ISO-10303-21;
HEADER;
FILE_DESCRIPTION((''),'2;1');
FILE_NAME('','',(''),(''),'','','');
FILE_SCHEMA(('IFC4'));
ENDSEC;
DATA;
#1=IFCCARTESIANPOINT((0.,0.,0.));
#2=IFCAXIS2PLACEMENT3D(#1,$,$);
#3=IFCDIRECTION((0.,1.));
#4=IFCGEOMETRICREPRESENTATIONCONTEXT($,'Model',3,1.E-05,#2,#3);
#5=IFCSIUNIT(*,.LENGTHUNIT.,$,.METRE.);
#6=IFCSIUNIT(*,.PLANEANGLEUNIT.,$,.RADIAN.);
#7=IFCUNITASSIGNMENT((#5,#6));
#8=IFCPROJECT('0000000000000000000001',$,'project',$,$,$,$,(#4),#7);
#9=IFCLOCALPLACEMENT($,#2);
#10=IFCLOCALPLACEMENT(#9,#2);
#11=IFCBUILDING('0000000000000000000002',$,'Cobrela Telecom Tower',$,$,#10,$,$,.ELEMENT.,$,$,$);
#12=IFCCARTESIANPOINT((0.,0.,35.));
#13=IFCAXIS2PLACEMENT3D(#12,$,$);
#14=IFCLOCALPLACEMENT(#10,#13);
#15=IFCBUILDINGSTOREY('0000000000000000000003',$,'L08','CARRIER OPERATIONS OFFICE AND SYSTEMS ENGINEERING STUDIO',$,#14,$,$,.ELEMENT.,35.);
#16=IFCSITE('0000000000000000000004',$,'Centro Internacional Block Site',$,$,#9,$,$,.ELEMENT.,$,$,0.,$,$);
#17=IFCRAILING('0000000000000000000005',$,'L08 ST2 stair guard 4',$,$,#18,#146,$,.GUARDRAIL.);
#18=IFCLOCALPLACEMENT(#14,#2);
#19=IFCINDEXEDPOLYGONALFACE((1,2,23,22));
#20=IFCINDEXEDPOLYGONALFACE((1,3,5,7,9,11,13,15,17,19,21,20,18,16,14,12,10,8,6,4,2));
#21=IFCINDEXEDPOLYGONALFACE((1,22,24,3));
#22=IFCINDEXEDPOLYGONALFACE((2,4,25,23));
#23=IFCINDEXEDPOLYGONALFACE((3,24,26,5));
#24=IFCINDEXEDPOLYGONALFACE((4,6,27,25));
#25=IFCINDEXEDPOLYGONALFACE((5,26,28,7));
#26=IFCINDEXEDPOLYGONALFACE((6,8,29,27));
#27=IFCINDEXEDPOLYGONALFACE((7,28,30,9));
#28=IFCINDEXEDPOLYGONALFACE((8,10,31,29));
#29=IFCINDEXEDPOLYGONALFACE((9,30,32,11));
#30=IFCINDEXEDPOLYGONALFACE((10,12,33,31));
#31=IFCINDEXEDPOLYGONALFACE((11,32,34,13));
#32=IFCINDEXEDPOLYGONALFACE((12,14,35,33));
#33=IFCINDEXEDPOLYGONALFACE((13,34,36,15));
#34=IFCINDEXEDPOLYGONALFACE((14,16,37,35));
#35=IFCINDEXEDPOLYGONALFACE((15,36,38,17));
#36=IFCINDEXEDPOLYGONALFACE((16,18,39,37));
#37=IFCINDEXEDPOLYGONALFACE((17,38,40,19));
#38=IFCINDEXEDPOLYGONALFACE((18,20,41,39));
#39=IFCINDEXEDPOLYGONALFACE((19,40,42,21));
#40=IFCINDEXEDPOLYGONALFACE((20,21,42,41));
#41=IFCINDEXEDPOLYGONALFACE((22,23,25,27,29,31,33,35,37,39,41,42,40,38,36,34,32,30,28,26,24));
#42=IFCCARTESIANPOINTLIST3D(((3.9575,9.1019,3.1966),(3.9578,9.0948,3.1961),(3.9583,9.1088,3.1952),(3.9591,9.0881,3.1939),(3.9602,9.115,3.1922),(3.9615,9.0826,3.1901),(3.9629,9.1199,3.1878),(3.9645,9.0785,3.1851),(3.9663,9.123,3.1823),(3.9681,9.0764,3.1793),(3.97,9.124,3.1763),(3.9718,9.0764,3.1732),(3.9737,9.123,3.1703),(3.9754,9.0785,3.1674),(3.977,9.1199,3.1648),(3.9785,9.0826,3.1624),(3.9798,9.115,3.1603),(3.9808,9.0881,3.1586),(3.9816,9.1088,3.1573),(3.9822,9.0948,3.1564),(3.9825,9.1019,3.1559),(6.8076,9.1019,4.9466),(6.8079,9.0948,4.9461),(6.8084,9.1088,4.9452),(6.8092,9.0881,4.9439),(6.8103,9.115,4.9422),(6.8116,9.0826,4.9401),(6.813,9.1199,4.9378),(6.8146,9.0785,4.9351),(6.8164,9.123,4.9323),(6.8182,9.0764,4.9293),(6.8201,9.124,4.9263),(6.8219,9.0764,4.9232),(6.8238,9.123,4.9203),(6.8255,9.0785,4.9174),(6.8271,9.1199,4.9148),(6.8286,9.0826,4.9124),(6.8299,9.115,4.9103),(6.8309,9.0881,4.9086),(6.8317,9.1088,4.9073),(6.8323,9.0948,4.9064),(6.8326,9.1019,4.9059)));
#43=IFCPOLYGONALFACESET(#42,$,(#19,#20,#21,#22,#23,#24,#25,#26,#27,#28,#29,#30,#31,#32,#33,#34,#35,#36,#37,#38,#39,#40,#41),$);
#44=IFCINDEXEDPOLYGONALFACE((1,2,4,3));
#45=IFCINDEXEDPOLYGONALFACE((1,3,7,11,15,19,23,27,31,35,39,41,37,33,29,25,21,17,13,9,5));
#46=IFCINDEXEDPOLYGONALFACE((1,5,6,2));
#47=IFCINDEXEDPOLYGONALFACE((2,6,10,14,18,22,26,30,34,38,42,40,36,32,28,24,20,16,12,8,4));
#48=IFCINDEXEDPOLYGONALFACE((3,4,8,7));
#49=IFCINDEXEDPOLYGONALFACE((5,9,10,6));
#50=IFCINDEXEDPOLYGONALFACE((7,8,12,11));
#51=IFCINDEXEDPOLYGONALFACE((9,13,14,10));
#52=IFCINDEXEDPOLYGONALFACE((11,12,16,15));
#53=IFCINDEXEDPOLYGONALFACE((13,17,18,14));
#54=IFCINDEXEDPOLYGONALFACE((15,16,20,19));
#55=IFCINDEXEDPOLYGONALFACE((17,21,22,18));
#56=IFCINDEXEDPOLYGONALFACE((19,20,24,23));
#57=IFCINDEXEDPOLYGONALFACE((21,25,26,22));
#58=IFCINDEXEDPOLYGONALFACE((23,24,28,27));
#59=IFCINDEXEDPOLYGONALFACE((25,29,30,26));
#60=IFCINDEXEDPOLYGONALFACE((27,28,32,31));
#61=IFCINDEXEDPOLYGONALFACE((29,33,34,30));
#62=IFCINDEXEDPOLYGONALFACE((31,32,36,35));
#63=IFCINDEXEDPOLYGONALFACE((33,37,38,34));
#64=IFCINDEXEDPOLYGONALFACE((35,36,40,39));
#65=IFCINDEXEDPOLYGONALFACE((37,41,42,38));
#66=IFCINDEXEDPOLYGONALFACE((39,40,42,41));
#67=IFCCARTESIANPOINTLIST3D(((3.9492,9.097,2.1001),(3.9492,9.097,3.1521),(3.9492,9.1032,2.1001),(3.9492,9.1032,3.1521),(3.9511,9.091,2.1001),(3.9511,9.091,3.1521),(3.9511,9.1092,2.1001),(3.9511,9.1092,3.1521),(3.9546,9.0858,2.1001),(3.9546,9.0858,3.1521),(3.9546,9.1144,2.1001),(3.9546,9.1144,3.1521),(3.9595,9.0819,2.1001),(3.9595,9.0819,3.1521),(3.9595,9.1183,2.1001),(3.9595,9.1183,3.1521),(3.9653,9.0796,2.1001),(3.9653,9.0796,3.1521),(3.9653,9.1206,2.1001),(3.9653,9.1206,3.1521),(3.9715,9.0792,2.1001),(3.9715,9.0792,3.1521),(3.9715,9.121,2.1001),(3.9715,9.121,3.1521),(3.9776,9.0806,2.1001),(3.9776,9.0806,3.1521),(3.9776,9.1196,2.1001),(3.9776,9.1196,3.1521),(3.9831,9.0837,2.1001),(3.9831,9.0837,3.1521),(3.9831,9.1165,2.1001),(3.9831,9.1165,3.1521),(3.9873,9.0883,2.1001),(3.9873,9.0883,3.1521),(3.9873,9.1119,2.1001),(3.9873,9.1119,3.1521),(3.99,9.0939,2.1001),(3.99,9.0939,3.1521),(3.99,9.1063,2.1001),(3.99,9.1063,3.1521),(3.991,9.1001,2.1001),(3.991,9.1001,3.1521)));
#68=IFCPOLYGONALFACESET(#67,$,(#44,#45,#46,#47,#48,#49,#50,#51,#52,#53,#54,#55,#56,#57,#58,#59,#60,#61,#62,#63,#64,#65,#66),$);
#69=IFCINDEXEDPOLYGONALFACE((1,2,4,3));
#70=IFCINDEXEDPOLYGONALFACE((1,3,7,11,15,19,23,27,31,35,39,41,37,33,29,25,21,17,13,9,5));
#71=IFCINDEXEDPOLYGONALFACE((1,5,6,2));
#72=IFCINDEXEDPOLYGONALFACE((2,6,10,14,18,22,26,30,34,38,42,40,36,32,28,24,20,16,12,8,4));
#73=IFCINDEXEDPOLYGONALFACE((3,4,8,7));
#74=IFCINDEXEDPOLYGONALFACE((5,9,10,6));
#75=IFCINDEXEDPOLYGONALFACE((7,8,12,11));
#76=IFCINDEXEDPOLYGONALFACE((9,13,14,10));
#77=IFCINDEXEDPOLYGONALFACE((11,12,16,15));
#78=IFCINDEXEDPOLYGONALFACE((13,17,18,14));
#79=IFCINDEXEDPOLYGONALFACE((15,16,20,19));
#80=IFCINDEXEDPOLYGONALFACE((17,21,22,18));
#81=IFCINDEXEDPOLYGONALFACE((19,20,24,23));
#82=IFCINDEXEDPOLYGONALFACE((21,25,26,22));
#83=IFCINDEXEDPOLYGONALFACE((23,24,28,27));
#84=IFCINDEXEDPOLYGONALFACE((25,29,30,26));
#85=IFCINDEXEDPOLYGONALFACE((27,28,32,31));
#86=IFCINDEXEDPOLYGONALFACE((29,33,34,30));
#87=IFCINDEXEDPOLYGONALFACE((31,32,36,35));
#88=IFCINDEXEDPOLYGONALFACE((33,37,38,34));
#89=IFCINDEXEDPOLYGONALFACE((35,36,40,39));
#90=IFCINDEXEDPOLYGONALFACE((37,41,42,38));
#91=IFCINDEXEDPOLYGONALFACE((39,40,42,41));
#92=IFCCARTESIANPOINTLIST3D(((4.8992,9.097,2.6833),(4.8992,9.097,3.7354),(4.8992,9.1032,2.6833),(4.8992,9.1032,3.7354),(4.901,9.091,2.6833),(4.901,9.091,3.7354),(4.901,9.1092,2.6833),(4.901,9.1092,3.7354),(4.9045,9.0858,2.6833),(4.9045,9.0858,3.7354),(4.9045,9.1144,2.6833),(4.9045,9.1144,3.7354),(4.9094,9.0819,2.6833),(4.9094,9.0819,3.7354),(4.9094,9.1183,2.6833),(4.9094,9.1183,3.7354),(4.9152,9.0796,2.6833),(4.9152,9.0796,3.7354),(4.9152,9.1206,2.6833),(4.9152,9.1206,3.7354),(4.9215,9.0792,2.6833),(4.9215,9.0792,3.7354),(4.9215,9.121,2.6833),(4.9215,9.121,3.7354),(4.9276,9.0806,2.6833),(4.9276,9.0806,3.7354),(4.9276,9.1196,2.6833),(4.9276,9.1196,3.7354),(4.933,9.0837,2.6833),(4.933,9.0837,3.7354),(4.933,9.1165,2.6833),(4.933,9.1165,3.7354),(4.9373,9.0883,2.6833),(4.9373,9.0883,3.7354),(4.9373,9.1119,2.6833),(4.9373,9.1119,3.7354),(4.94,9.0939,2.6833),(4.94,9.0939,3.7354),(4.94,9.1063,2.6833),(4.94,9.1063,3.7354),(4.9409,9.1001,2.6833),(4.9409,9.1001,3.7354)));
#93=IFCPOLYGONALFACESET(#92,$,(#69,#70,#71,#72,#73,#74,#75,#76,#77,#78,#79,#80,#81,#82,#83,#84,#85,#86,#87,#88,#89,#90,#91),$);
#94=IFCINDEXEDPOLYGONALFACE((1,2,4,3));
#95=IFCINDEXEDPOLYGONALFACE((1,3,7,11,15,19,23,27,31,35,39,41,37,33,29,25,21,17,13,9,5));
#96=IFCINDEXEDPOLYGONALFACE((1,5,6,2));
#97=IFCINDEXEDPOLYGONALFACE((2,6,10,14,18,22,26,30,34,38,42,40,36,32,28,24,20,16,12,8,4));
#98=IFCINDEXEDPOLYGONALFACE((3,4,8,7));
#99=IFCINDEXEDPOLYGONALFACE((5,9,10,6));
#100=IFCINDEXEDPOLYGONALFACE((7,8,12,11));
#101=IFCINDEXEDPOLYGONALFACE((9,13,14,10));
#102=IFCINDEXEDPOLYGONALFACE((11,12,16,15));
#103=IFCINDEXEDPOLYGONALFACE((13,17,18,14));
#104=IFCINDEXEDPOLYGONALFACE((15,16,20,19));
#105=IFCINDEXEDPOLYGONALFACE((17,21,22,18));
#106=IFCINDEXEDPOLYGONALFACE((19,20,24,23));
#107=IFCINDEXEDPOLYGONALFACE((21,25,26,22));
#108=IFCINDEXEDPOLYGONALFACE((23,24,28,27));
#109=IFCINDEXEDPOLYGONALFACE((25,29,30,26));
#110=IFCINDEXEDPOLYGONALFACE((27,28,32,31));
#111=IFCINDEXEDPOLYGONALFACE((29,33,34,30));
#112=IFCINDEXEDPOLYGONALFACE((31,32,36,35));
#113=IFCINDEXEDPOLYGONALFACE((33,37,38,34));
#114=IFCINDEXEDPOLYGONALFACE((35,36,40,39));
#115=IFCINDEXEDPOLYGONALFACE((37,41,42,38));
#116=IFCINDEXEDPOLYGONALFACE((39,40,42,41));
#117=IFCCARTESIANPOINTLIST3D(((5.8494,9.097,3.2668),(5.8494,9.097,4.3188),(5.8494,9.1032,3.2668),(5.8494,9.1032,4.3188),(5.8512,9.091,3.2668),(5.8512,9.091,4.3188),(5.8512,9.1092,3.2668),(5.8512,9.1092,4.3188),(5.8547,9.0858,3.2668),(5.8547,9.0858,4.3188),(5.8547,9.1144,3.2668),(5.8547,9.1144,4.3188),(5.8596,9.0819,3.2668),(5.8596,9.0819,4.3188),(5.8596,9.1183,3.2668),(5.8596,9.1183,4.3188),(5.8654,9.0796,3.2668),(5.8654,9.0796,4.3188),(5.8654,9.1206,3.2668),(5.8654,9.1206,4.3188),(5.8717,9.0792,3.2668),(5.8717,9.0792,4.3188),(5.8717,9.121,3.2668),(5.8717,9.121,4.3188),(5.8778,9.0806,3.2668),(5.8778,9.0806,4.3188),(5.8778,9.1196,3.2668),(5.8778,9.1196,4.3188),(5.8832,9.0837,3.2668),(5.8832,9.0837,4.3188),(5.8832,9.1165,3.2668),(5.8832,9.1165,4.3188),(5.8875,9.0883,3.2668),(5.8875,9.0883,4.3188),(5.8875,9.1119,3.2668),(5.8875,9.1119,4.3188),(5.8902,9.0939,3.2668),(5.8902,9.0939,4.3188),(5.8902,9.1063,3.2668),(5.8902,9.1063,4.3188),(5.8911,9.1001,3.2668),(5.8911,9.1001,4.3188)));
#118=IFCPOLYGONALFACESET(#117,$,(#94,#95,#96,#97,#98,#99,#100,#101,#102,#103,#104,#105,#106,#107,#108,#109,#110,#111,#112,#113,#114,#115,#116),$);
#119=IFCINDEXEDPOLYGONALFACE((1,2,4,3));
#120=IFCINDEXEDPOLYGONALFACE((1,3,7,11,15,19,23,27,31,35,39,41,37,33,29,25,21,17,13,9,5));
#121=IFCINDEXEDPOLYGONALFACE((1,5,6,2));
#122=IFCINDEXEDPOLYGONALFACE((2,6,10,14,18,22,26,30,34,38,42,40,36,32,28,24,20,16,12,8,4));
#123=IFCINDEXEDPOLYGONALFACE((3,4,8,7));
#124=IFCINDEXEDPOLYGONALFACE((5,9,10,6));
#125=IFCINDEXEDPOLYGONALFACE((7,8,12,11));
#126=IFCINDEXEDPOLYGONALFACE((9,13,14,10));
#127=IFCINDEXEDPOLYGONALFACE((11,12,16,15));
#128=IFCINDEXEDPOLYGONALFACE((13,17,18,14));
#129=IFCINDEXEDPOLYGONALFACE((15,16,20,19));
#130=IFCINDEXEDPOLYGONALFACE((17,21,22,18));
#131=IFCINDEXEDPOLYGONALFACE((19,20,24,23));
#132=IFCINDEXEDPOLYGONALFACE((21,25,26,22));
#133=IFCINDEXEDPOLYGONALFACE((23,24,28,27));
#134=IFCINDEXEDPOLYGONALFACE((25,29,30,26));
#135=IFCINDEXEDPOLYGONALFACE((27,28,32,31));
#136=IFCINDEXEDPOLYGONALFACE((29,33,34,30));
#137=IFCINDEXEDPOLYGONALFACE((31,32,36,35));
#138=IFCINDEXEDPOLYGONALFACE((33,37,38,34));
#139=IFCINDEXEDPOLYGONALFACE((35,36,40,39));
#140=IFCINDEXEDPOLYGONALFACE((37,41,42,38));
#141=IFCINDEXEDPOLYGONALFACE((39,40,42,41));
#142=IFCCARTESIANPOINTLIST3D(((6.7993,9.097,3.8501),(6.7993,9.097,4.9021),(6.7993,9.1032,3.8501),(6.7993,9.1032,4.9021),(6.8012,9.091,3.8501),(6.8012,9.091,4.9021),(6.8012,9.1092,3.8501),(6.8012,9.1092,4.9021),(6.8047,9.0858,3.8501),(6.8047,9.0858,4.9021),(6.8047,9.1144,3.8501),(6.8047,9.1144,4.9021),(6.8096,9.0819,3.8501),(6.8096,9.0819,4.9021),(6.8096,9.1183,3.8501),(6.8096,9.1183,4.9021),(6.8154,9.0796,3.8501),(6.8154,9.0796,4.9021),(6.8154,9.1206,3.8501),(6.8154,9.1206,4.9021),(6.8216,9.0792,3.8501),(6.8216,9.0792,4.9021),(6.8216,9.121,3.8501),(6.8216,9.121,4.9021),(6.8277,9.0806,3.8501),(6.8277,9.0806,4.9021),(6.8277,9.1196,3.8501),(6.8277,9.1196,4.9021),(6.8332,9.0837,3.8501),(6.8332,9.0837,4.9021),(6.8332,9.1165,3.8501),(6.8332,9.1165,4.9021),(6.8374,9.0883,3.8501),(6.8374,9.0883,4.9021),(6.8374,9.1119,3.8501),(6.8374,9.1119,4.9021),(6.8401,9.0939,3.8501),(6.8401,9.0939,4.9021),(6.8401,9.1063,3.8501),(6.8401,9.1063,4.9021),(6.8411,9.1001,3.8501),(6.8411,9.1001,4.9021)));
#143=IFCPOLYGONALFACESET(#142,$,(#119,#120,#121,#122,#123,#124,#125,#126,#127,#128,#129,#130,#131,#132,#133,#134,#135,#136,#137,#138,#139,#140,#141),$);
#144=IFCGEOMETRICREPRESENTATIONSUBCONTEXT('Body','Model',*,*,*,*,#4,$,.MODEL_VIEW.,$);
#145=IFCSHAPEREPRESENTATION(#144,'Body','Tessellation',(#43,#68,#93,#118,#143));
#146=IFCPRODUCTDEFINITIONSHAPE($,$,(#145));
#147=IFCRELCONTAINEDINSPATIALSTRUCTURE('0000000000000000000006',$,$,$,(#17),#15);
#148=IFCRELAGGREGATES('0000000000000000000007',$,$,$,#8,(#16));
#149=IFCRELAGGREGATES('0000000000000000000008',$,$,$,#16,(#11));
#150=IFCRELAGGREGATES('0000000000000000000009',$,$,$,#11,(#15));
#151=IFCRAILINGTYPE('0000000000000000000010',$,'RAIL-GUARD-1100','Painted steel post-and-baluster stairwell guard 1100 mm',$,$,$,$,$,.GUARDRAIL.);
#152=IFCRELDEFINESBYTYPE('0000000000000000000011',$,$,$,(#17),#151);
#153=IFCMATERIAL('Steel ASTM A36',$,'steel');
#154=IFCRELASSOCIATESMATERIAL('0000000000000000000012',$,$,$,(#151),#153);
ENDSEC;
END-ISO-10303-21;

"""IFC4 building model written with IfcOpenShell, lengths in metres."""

from ifc_helpers import new_model, si_unit, direction, frame, origin, origin_2d, place, context, subcontext, project, spatial, circle, extrude, material, type_object, element, save


model = new_model("IFC4")

# Units and contexts
model_context = context("Model", 3, precision=1e-05, world=origin(), true_north=direction((0.0, 1.0)))
body_context = subcontext(model_context, "Body", "Model", "MODEL_VIEW")
ifc_project = project(units=[si_unit("LENGTHUNIT", "METRE"), si_unit("PLANEANGLEUNIT", "RADIAN")], contexts=[model_context])

# Site, building, storey
site_placement = place(None, origin())
site = spatial("IfcSite", under=ifc_project, at=site_placement, Name="Centro Internacional Block Site", CompositionType="ELEMENT", RefElevation=0.0)
building_placement = place(site_placement, origin())
building = spatial("IfcBuilding", under=site, at=building_placement, Name="Cobrela Telecom Tower", CompositionType="ELEMENT")
storey_placement = place(building_placement, frame((0.0, 0.0, 35.0)))
storey = spatial("IfcBuildingStorey", under=building, at=storey_placement, Name="L08", Description="CARRIER OPERATIONS OFFICE AND SYSTEMS ENGINEERING STUDIO", CompositionType="ELEMENT", Elevation=35.0)

# Railing
ifc_material_1 = material(Name="Steel ASTM A36", Category="steel")
railing_type_1 = type_object("IfcRailingType", Name="RAIL-GUARD-1100", Description="Painted steel post-and-baluster stairwell guard 1100 mm", PredefinedType="GUARDRAIL", material=ifc_material_1)
railing_1_placement = place(storey_placement, frame((3.97, 9.1001, 2.1001)))
element("IfcRailing", 1, at=railing_1_placement, inside=storey, type_object=railing_type_1, Name="L08 ST2 stair guard 4", PredefinedType="GUARDRAIL", context=body_context, shape_type="SweptSolid", body=[
    extrude(circle(Radius=0.0239, at=origin_2d()), frame((0.0, 0.0, 1.0762), z_axis=(0.852179, 0.0, 0.52325), x_axis=(0.0, 1.0, 0.0)), (0.0, 0.0, 1.0), 3.3445),
    extrude(circle(Radius=0.021, at=origin_2d()), origin(), (0.0, 0.0, 1.0), 1.052),
    extrude(circle(Radius=0.021, at=origin_2d()), frame((0.95, 0.0, 0.5833)), (0.0, 0.0, 1.0), 1.052),
    extrude(circle(Radius=0.021, at=origin_2d()), frame((1.9001, 0.0, 1.1667)), (0.0, 0.0, 1.0), 1.052),
    extrude(circle(Radius=0.021, at=origin_2d()), frame((2.8501, 0.0, 1.75)), (0.0, 0.0, 1.0), 1.052),
])

save(model, "model.ifc")
